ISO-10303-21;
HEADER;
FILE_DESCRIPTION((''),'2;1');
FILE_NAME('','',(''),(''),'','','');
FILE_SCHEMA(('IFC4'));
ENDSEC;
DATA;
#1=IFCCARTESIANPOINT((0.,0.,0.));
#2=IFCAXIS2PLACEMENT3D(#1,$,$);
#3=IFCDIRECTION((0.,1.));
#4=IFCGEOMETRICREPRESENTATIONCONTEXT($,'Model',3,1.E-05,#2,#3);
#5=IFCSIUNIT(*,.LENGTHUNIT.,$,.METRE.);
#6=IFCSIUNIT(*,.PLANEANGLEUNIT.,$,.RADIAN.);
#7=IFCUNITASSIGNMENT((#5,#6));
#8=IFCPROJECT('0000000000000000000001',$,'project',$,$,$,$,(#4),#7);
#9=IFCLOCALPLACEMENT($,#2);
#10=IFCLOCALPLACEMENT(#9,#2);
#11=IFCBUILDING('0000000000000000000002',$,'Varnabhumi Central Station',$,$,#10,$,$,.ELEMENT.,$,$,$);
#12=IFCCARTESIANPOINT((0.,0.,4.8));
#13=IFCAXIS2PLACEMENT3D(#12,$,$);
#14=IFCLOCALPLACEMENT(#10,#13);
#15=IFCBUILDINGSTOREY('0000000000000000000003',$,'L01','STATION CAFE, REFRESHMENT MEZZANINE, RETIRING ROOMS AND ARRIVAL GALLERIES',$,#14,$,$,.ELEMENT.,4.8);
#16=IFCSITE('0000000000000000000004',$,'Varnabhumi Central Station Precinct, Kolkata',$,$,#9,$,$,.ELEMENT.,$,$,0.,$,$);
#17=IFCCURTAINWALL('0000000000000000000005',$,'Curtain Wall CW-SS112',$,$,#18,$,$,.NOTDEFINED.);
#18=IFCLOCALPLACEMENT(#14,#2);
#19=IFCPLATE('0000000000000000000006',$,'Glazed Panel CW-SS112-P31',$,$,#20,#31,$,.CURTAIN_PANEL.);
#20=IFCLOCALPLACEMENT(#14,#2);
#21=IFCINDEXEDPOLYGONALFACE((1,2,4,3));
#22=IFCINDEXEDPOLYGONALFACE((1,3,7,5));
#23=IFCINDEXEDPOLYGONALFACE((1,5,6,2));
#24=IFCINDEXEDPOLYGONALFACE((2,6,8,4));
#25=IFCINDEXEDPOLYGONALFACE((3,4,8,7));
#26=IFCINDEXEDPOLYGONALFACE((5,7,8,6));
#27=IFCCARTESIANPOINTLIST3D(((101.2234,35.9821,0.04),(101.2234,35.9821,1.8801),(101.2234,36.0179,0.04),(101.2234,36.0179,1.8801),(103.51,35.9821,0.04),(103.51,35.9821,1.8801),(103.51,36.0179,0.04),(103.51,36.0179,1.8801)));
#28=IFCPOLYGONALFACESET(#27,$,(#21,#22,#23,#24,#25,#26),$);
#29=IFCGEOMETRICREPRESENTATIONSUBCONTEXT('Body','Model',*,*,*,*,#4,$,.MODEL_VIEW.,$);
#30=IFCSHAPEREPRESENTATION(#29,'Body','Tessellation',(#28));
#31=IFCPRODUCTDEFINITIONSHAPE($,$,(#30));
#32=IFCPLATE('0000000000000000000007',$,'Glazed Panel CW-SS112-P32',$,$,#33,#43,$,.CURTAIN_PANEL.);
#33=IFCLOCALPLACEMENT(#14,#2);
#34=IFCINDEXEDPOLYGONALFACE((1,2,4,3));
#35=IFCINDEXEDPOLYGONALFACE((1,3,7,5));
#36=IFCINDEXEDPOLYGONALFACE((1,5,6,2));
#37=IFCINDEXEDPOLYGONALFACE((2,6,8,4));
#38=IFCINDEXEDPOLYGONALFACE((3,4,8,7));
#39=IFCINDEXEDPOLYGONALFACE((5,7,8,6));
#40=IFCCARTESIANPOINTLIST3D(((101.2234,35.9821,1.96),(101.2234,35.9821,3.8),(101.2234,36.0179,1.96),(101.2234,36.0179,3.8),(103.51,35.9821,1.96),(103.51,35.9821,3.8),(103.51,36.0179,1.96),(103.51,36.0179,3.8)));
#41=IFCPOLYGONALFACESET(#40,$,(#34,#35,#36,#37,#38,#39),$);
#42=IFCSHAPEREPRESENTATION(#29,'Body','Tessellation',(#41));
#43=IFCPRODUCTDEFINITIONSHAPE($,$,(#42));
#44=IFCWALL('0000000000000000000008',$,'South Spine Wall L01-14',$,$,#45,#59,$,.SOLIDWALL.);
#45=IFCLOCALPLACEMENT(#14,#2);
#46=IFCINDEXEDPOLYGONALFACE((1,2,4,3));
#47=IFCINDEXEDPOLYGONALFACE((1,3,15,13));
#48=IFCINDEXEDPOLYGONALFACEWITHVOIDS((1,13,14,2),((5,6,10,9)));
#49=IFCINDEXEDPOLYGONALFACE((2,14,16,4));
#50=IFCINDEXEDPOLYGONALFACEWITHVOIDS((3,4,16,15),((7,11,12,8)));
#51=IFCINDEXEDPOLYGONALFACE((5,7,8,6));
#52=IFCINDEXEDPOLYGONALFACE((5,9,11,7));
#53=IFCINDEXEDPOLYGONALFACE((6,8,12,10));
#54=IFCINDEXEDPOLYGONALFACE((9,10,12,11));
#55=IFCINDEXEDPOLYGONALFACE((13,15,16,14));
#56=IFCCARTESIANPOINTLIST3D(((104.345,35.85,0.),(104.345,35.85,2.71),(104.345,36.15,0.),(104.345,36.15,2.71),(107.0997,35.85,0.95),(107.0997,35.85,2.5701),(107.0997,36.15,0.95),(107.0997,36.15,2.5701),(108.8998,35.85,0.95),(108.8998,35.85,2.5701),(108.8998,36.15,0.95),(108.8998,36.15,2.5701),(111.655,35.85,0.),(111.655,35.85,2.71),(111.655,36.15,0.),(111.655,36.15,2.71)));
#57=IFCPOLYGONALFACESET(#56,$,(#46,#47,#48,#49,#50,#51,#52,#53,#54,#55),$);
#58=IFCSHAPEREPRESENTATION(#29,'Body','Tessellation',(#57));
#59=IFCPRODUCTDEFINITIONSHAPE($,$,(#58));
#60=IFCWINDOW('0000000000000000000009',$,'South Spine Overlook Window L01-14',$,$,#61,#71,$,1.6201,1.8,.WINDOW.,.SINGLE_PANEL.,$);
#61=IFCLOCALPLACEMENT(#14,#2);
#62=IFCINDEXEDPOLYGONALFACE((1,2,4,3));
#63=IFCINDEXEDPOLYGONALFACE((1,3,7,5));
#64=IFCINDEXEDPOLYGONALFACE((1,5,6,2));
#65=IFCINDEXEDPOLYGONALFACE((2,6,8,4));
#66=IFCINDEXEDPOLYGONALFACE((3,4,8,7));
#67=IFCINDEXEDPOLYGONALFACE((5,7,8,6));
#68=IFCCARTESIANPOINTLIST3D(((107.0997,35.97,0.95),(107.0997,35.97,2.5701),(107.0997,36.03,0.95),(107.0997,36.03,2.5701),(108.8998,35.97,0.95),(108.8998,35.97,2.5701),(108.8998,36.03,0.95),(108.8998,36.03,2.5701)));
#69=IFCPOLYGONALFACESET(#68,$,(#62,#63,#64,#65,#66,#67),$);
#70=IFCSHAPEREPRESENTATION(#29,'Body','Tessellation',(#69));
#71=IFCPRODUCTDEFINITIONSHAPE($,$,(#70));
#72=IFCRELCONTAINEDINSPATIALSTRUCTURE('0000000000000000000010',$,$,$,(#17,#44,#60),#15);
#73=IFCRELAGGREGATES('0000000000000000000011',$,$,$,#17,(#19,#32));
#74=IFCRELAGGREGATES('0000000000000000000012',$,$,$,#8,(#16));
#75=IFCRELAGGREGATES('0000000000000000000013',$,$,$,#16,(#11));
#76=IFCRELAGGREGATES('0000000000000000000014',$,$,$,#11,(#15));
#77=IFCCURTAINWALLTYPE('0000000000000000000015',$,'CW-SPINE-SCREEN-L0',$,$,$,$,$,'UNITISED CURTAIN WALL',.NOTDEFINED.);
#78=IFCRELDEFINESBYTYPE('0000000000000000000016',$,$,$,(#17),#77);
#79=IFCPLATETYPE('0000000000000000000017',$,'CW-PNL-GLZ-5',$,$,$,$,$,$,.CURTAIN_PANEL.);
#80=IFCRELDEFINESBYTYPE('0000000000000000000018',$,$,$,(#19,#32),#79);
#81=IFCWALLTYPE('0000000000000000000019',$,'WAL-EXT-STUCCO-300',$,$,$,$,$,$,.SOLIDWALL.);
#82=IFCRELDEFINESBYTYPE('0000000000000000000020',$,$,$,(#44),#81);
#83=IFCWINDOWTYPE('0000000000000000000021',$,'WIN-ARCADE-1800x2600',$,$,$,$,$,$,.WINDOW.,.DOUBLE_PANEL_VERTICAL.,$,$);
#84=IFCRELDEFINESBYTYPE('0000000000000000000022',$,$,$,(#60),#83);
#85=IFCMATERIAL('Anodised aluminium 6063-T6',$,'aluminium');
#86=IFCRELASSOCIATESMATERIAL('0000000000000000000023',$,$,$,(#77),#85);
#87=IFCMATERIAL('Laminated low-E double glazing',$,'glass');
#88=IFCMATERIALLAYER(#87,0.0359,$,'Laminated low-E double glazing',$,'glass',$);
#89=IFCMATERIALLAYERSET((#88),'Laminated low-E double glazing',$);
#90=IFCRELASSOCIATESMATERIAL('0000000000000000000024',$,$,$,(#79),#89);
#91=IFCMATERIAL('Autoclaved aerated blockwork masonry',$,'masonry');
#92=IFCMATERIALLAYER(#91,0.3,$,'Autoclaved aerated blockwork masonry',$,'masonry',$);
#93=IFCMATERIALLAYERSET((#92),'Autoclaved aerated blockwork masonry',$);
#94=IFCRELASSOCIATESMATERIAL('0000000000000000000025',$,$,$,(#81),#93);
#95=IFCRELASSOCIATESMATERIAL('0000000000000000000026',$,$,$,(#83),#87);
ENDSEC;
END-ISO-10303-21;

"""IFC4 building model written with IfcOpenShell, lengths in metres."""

from ifc_helpers import new_model, si_unit, direction, frame, frame_2d, origin, origin_2d, place, context, subcontext, project, spatial, rectangle, extrude, material, layer, layer_set, type_object, element, fill, aggregate, save


model = new_model("IFC4")

# Units and contexts
model_context = context("Model", 3, precision=1e-05, world=origin(), true_north=direction((0.0, 1.0)))
body_context = subcontext(model_context, "Body", "Model", "MODEL_VIEW")
ifc_project = project(units=[si_unit("LENGTHUNIT", "METRE"), si_unit("PLANEANGLEUNIT", "RADIAN")], contexts=[model_context])

# Site, building, storey
site_placement = place(None, origin())
site = spatial("IfcSite", under=ifc_project, at=site_placement, Name="Varnabhumi Central Station Precinct, Kolkata", CompositionType="ELEMENT", RefElevation=0.0)
building_placement = place(site_placement, origin())
building = spatial("IfcBuilding", under=site, at=building_placement, Name="Varnabhumi Central Station", CompositionType="ELEMENT")
storey_placement = place(building_placement, frame((0.0, 0.0, 4.8)))
storey = spatial("IfcBuildingStorey", under=building, at=storey_placement, Name="L01", Description="STATION CAFE, REFRESHMENT MEZZANINE, RETIRING ROOMS AND ARRIVAL GALLERIES", CompositionType="ELEMENT", Elevation=4.8)

# Curtain wall, plates
ifc_material_1 = material(Name="Anodised aluminium 6063-T6", Category="aluminium")
curtain_wall_type = type_object("IfcCurtainWallType", Name="CW-SPINE-SCREEN-L0", ElementType="UNITISED CURTAIN WALL", PredefinedType="NOTDEFINED", material=ifc_material_1)
curtain_wall_placement = place(storey_placement, origin())
curtain_wall = element("IfcCurtainWall", 1, at=curtain_wall_placement, inside=storey, type_object=curtain_wall_type, Name="Curtain Wall CW-SS112", PredefinedType="NOTDEFINED")
ifc_material_2 = material(Name="Laminated low-E double glazing", Category="glass")
ifc_layer_1 = layer(ifc_material_2, 0.0359, Name="Laminated low-E double glazing", Category="glass")
ifc_layer_set_1 = layer_set([ifc_layer_1], Name="Laminated low-E double glazing")
plate_type = type_object("IfcPlateType", Name="CW-PNL-GLZ-5", PredefinedType="CURTAIN_PANEL", material=ifc_layer_set_1)
plate_1_placement = place(storey_placement, frame((102.3667, 36.0, 0.04), z_axis=(0.0, 0.0, 1.0), x_axis=(1.0, 0.0, 0.0)))
plate_1 = element("IfcPlate", 2, at=plate_1_placement, type_object=plate_type, Name="Glazed Panel CW-SS112-P31", PredefinedType="CURTAIN_PANEL", context=body_context, shape_type="SweptSolid", body=[
    extrude(rectangle(XDim=2.2866, YDim=0.0359, at=origin_2d()), origin(), (0.0, 0.0, 1.0), 1.8401),
])
plate_2_placement = place(storey_placement, frame((102.3667, 36.0, 1.96), z_axis=(0.0, 0.0, 1.0), x_axis=(1.0, 0.0, 0.0)))
plate_2 = element("IfcPlate", 3, at=plate_2_placement, type_object=plate_type, Name="Glazed Panel CW-SS112-P32", PredefinedType="CURTAIN_PANEL", context=body_context, shape_type="SweptSolid", body=[
    extrude(rectangle(XDim=2.2866, YDim=0.0359, at=origin_2d()), origin(), (0.0, 0.0, 1.0), 1.8401),
])
aggregate(curtain_wall, [plate_1, plate_2])

# Wall, opening, window
ifc_material_3 = material(Name="Autoclaved aerated blockwork masonry", Category="masonry")
ifc_layer_2 = layer(ifc_material_3, 0.3, Name="Autoclaved aerated blockwork masonry", Category="masonry")
ifc_layer_set_2 = layer_set([ifc_layer_2], Name="Autoclaved aerated blockwork masonry")
wall_type = type_object("IfcWallType", Name="WAL-EXT-STUCCO-300", PredefinedType="SOLIDWALL", material=ifc_layer_set_2)
wall_placement = place(storey_placement, frame((104.345, 36.0, 0.0), z_axis=(0.0, 0.0, 1.0), x_axis=(1.0, 0.0, 0.0)))
wall = element("IfcWall", 4, at=wall_placement, inside=storey, type_object=wall_type, Name="South Spine Wall L01-14", PredefinedType="SOLIDWALL", context=body_context, shape_type="SweptSolid", body=[
    extrude(rectangle(XDim=7.3101, YDim=0.3, at=frame_2d((3.655, 0.0))), origin(), (0.0, 0.0, 1.0), 2.71),
])
opening_placement = place(wall_placement, frame((2.7549, 0.0, 0.95)))
opening = element("IfcOpeningElement", 5, at=opening_placement, cuts=wall, PredefinedType="OPENING", context=body_context, shape_type="SweptSolid", body=[
    extrude(rectangle(XDim=1.8, YDim=1.6201, at=frame_2d((0.8999, 0.8101))), frame((0.0, 0.1599, 0.0), z_axis=(0.0, -1.0, 0.0), x_axis=(1.0, 0.0, 0.0)), (0.0, 0.0, 1.0), 0.3201),
])
window_type = type_object("IfcWindowType", Name="WIN-ARCADE-1800x2600", PartitioningType="DOUBLE_PANEL_VERTICAL", PredefinedType="WINDOW", material=ifc_material_2)
window_placement = place(opening_placement, origin())
window = element("IfcWindow", 6, at=window_placement, inside=storey, type_object=window_type, Name="South Spine Overlook Window L01-14", OverallHeight=1.6201, OverallWidth=1.8, PartitioningType="SINGLE_PANEL", PredefinedType="WINDOW", context=body_context, shape_type="SweptSolid", body=[
    extrude(rectangle(XDim=1.8, YDim=1.6201, at=frame_2d((0.8999, 0.8101))), frame((0.0, 0.03, 0.0), z_axis=(0.0, -1.0, 0.0), x_axis=(1.0, 0.0, 0.0)), (0.0, 0.0, 1.0), 0.0601),
])
fill(opening, window)

save(model, "model.ifc")
